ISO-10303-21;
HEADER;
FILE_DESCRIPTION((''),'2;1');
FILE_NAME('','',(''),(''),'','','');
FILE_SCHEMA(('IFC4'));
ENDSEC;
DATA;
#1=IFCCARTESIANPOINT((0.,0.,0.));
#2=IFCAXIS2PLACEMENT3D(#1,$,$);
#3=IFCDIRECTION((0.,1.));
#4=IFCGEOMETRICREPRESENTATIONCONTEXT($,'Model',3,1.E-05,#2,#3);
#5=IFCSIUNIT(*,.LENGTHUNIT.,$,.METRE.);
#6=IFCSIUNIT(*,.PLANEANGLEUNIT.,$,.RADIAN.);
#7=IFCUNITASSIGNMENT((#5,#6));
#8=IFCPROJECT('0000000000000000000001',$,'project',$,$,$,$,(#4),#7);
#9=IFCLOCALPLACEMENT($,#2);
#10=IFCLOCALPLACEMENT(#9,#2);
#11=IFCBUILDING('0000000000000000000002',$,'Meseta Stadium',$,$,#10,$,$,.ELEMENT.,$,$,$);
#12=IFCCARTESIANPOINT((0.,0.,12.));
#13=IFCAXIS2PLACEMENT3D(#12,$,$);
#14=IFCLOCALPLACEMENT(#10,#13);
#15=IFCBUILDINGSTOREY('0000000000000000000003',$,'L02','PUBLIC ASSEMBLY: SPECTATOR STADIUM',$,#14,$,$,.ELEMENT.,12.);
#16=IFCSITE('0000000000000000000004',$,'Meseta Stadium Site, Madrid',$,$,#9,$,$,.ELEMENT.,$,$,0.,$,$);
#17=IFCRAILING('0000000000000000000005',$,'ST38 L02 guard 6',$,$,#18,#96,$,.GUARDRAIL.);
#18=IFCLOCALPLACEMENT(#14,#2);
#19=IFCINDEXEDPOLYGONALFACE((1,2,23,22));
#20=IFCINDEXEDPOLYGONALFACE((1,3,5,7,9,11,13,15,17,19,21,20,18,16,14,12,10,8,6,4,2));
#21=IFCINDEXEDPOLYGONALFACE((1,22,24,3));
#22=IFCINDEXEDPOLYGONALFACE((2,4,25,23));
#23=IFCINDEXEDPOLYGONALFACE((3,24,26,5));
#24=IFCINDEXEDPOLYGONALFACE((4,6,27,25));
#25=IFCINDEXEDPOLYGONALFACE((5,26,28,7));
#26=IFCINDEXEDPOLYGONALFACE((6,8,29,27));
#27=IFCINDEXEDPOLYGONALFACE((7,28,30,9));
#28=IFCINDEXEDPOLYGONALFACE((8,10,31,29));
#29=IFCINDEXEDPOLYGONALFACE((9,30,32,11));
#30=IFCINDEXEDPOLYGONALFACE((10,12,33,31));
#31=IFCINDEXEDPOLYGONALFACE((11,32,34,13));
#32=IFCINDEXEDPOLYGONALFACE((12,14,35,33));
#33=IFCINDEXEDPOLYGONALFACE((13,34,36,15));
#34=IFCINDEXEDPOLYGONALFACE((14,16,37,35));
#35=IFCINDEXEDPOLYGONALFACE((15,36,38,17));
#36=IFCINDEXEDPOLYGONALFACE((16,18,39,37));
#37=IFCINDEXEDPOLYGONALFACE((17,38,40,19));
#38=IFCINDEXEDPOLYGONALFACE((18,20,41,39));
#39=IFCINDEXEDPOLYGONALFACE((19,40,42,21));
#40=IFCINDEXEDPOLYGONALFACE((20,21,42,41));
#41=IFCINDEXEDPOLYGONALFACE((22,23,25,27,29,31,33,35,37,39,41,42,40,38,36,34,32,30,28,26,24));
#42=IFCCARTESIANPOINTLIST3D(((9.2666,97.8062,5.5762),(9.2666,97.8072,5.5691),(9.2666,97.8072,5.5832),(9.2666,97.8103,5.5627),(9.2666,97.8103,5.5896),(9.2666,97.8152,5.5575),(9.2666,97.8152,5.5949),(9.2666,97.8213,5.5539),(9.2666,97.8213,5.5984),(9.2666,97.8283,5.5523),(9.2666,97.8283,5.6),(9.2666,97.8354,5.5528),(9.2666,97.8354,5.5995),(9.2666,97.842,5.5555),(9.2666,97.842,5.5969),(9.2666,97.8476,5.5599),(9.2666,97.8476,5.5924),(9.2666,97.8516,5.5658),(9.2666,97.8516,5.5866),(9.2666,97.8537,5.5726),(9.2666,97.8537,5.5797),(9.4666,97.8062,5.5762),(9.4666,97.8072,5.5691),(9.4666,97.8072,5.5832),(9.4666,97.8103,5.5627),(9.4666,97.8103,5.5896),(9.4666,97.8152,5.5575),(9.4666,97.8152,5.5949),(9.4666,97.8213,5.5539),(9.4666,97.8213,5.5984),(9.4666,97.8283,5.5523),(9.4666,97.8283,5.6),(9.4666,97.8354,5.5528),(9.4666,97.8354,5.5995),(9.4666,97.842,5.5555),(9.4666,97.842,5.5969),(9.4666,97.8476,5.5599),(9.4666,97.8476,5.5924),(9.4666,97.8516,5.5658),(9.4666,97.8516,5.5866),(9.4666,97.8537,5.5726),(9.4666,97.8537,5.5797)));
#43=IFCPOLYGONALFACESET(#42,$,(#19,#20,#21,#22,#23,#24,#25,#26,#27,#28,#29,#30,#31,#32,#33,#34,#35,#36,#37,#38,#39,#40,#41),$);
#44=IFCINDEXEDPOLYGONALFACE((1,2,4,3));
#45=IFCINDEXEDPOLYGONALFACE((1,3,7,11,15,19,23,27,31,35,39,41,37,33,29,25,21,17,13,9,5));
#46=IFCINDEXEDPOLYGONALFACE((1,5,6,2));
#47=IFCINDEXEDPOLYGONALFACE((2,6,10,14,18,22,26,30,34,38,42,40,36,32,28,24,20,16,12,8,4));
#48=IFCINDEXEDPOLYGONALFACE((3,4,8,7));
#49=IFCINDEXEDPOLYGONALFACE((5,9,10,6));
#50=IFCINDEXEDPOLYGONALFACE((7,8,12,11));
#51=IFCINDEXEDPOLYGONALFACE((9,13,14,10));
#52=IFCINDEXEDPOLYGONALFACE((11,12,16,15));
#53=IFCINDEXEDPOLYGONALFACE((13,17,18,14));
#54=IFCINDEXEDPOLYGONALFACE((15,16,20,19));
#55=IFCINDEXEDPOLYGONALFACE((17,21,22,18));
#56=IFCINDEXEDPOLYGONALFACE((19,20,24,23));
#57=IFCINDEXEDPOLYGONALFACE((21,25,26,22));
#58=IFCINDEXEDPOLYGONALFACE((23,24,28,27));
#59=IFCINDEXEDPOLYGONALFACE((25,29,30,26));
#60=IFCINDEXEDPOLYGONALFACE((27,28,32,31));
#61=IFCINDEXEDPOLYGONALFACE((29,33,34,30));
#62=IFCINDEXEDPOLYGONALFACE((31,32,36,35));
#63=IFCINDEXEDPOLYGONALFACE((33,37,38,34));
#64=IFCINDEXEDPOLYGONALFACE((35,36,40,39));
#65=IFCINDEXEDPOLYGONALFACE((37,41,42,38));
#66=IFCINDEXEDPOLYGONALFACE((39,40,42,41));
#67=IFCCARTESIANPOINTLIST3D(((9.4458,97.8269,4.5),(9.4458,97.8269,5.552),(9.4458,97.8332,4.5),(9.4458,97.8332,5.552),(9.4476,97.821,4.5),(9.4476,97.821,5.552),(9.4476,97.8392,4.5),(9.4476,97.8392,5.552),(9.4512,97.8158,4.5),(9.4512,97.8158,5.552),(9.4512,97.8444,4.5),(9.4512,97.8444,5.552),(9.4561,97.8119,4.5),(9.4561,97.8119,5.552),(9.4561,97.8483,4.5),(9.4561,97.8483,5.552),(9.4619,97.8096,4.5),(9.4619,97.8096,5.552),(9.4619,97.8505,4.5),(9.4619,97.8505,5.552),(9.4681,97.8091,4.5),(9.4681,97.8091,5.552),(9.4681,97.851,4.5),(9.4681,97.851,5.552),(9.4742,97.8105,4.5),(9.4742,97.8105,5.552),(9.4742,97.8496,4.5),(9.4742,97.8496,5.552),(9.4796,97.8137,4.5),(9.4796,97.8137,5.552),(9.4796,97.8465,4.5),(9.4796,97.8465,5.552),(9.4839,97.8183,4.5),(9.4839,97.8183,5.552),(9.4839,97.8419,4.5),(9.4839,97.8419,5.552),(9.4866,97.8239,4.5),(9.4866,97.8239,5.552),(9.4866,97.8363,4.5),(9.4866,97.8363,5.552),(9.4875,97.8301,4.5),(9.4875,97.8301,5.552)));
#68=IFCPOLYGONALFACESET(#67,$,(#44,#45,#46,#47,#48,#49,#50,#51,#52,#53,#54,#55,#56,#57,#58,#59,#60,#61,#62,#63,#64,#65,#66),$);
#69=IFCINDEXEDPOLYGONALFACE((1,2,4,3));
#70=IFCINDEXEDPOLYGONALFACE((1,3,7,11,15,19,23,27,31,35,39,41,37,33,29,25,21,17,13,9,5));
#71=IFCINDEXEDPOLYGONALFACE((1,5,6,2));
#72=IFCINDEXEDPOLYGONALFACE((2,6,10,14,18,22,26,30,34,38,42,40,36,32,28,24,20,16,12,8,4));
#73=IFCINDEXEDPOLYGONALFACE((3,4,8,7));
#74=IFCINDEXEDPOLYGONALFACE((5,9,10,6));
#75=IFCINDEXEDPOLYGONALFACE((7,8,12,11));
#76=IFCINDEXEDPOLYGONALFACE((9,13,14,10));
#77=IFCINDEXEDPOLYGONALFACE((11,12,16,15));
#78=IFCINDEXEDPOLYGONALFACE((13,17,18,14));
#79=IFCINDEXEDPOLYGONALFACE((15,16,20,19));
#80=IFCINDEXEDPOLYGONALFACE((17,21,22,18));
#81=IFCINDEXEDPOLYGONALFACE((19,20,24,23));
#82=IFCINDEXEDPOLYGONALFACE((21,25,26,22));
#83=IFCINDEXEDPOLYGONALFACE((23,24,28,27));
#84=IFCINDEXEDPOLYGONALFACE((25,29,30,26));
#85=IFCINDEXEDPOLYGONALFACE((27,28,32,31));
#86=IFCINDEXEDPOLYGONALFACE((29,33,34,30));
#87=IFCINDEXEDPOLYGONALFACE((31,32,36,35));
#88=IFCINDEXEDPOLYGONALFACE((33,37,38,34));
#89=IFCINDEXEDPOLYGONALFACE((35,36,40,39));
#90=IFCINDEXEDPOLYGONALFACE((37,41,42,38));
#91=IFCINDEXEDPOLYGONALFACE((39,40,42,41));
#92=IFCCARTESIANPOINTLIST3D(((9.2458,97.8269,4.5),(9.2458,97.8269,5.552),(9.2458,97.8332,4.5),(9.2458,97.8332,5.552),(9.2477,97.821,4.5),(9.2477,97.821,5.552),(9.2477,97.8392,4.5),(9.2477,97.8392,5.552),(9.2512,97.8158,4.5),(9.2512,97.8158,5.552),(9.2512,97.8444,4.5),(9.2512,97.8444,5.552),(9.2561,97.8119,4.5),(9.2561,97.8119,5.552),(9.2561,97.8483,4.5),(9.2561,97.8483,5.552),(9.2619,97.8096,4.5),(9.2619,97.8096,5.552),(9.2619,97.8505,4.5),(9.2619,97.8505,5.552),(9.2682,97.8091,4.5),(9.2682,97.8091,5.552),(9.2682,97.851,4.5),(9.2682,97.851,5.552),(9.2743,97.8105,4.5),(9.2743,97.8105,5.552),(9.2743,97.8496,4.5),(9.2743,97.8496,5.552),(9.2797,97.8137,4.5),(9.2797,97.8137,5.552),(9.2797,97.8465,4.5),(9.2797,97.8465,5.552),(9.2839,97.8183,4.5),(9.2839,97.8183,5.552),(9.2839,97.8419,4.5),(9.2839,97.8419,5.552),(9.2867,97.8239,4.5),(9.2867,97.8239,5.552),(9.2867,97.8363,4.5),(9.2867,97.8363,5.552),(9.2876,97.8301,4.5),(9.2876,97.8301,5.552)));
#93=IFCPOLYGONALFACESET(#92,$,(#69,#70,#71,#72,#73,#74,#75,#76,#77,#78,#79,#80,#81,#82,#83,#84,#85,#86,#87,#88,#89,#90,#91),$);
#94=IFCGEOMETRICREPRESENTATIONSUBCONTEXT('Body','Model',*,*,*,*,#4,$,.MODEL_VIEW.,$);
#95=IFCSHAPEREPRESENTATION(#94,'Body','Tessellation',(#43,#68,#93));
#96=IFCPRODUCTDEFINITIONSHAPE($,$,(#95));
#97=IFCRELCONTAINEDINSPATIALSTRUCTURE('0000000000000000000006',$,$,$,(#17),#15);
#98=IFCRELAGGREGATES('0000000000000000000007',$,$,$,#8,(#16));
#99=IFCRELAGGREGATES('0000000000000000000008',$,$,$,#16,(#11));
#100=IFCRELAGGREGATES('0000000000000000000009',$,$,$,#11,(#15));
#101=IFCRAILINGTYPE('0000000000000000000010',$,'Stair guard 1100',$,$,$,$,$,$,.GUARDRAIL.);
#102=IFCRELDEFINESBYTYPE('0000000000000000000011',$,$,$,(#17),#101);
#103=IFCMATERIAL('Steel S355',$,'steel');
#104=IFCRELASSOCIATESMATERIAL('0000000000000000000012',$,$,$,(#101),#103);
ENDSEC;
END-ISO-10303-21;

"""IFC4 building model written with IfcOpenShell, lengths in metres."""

from ifc_helpers import new_model, si_unit, direction, frame, origin, origin_2d, place, context, subcontext, project, spatial, circle, extrude, material, type_object, element, save


model = new_model("IFC4")

# Units and contexts
model_context = context("Model", 3, precision=1e-05, world=origin(), true_north=direction((0.0, 1.0)))
body_context = subcontext(model_context, "Body", "Model", "MODEL_VIEW")
ifc_project = project(units=[si_unit("LENGTHUNIT", "METRE"), si_unit("PLANEANGLEUNIT", "RADIAN")], contexts=[model_context])

# Site, building, storey
site_placement = place(None, origin())
site = spatial("IfcSite", under=ifc_project, at=site_placement, Name="Meseta Stadium Site, Madrid", CompositionType="ELEMENT", RefElevation=0.0)
building_placement = place(site_placement, origin())
building = spatial("IfcBuilding", under=site, at=building_placement, Name="Meseta Stadium", CompositionType="ELEMENT")
storey_placement = place(building_placement, frame((0.0, 0.0, 12.0)))
storey = spatial("IfcBuildingStorey", under=building, at=storey_placement, Name="L02", Description="PUBLIC ASSEMBLY: SPECTATOR STADIUM", CompositionType="ELEMENT", Elevation=12.0)

# Railing
ifc_material_1 = material(Name="Steel S355", Category="steel")
railing_type_1 = type_object("IfcRailingType", Name="Stair guard 1100", PredefinedType="GUARDRAIL", material=ifc_material_1)
railing_1_placement = place(storey_placement, frame((9.4666, 97.8301, 4.5)))
element("IfcRailing", 1, at=railing_1_placement, inside=storey, type_object=railing_type_1, Name="ST38 L02 guard 6", PredefinedType="GUARDRAIL", context=body_context, shape_type="SweptSolid", body=[
    extrude(circle(Radius=0.0239, at=origin_2d()), frame((0.0, 0.0, 1.0762), z_axis=(-1.0, 0.0, 0.0), x_axis=(0.0, -1.0, 0.0)), (0.0, 0.0, 1.0), 0.2),
    extrude(circle(Radius=0.021, at=origin_2d()), origin(), (0.0, 0.0, 1.0), 1.052),
    extrude(circle(Radius=0.021, at=origin_2d()), frame((-0.2, 0.0, 0.0)), (0.0, 0.0, 1.0), 1.052),
])

save(model, "model.ifc")
